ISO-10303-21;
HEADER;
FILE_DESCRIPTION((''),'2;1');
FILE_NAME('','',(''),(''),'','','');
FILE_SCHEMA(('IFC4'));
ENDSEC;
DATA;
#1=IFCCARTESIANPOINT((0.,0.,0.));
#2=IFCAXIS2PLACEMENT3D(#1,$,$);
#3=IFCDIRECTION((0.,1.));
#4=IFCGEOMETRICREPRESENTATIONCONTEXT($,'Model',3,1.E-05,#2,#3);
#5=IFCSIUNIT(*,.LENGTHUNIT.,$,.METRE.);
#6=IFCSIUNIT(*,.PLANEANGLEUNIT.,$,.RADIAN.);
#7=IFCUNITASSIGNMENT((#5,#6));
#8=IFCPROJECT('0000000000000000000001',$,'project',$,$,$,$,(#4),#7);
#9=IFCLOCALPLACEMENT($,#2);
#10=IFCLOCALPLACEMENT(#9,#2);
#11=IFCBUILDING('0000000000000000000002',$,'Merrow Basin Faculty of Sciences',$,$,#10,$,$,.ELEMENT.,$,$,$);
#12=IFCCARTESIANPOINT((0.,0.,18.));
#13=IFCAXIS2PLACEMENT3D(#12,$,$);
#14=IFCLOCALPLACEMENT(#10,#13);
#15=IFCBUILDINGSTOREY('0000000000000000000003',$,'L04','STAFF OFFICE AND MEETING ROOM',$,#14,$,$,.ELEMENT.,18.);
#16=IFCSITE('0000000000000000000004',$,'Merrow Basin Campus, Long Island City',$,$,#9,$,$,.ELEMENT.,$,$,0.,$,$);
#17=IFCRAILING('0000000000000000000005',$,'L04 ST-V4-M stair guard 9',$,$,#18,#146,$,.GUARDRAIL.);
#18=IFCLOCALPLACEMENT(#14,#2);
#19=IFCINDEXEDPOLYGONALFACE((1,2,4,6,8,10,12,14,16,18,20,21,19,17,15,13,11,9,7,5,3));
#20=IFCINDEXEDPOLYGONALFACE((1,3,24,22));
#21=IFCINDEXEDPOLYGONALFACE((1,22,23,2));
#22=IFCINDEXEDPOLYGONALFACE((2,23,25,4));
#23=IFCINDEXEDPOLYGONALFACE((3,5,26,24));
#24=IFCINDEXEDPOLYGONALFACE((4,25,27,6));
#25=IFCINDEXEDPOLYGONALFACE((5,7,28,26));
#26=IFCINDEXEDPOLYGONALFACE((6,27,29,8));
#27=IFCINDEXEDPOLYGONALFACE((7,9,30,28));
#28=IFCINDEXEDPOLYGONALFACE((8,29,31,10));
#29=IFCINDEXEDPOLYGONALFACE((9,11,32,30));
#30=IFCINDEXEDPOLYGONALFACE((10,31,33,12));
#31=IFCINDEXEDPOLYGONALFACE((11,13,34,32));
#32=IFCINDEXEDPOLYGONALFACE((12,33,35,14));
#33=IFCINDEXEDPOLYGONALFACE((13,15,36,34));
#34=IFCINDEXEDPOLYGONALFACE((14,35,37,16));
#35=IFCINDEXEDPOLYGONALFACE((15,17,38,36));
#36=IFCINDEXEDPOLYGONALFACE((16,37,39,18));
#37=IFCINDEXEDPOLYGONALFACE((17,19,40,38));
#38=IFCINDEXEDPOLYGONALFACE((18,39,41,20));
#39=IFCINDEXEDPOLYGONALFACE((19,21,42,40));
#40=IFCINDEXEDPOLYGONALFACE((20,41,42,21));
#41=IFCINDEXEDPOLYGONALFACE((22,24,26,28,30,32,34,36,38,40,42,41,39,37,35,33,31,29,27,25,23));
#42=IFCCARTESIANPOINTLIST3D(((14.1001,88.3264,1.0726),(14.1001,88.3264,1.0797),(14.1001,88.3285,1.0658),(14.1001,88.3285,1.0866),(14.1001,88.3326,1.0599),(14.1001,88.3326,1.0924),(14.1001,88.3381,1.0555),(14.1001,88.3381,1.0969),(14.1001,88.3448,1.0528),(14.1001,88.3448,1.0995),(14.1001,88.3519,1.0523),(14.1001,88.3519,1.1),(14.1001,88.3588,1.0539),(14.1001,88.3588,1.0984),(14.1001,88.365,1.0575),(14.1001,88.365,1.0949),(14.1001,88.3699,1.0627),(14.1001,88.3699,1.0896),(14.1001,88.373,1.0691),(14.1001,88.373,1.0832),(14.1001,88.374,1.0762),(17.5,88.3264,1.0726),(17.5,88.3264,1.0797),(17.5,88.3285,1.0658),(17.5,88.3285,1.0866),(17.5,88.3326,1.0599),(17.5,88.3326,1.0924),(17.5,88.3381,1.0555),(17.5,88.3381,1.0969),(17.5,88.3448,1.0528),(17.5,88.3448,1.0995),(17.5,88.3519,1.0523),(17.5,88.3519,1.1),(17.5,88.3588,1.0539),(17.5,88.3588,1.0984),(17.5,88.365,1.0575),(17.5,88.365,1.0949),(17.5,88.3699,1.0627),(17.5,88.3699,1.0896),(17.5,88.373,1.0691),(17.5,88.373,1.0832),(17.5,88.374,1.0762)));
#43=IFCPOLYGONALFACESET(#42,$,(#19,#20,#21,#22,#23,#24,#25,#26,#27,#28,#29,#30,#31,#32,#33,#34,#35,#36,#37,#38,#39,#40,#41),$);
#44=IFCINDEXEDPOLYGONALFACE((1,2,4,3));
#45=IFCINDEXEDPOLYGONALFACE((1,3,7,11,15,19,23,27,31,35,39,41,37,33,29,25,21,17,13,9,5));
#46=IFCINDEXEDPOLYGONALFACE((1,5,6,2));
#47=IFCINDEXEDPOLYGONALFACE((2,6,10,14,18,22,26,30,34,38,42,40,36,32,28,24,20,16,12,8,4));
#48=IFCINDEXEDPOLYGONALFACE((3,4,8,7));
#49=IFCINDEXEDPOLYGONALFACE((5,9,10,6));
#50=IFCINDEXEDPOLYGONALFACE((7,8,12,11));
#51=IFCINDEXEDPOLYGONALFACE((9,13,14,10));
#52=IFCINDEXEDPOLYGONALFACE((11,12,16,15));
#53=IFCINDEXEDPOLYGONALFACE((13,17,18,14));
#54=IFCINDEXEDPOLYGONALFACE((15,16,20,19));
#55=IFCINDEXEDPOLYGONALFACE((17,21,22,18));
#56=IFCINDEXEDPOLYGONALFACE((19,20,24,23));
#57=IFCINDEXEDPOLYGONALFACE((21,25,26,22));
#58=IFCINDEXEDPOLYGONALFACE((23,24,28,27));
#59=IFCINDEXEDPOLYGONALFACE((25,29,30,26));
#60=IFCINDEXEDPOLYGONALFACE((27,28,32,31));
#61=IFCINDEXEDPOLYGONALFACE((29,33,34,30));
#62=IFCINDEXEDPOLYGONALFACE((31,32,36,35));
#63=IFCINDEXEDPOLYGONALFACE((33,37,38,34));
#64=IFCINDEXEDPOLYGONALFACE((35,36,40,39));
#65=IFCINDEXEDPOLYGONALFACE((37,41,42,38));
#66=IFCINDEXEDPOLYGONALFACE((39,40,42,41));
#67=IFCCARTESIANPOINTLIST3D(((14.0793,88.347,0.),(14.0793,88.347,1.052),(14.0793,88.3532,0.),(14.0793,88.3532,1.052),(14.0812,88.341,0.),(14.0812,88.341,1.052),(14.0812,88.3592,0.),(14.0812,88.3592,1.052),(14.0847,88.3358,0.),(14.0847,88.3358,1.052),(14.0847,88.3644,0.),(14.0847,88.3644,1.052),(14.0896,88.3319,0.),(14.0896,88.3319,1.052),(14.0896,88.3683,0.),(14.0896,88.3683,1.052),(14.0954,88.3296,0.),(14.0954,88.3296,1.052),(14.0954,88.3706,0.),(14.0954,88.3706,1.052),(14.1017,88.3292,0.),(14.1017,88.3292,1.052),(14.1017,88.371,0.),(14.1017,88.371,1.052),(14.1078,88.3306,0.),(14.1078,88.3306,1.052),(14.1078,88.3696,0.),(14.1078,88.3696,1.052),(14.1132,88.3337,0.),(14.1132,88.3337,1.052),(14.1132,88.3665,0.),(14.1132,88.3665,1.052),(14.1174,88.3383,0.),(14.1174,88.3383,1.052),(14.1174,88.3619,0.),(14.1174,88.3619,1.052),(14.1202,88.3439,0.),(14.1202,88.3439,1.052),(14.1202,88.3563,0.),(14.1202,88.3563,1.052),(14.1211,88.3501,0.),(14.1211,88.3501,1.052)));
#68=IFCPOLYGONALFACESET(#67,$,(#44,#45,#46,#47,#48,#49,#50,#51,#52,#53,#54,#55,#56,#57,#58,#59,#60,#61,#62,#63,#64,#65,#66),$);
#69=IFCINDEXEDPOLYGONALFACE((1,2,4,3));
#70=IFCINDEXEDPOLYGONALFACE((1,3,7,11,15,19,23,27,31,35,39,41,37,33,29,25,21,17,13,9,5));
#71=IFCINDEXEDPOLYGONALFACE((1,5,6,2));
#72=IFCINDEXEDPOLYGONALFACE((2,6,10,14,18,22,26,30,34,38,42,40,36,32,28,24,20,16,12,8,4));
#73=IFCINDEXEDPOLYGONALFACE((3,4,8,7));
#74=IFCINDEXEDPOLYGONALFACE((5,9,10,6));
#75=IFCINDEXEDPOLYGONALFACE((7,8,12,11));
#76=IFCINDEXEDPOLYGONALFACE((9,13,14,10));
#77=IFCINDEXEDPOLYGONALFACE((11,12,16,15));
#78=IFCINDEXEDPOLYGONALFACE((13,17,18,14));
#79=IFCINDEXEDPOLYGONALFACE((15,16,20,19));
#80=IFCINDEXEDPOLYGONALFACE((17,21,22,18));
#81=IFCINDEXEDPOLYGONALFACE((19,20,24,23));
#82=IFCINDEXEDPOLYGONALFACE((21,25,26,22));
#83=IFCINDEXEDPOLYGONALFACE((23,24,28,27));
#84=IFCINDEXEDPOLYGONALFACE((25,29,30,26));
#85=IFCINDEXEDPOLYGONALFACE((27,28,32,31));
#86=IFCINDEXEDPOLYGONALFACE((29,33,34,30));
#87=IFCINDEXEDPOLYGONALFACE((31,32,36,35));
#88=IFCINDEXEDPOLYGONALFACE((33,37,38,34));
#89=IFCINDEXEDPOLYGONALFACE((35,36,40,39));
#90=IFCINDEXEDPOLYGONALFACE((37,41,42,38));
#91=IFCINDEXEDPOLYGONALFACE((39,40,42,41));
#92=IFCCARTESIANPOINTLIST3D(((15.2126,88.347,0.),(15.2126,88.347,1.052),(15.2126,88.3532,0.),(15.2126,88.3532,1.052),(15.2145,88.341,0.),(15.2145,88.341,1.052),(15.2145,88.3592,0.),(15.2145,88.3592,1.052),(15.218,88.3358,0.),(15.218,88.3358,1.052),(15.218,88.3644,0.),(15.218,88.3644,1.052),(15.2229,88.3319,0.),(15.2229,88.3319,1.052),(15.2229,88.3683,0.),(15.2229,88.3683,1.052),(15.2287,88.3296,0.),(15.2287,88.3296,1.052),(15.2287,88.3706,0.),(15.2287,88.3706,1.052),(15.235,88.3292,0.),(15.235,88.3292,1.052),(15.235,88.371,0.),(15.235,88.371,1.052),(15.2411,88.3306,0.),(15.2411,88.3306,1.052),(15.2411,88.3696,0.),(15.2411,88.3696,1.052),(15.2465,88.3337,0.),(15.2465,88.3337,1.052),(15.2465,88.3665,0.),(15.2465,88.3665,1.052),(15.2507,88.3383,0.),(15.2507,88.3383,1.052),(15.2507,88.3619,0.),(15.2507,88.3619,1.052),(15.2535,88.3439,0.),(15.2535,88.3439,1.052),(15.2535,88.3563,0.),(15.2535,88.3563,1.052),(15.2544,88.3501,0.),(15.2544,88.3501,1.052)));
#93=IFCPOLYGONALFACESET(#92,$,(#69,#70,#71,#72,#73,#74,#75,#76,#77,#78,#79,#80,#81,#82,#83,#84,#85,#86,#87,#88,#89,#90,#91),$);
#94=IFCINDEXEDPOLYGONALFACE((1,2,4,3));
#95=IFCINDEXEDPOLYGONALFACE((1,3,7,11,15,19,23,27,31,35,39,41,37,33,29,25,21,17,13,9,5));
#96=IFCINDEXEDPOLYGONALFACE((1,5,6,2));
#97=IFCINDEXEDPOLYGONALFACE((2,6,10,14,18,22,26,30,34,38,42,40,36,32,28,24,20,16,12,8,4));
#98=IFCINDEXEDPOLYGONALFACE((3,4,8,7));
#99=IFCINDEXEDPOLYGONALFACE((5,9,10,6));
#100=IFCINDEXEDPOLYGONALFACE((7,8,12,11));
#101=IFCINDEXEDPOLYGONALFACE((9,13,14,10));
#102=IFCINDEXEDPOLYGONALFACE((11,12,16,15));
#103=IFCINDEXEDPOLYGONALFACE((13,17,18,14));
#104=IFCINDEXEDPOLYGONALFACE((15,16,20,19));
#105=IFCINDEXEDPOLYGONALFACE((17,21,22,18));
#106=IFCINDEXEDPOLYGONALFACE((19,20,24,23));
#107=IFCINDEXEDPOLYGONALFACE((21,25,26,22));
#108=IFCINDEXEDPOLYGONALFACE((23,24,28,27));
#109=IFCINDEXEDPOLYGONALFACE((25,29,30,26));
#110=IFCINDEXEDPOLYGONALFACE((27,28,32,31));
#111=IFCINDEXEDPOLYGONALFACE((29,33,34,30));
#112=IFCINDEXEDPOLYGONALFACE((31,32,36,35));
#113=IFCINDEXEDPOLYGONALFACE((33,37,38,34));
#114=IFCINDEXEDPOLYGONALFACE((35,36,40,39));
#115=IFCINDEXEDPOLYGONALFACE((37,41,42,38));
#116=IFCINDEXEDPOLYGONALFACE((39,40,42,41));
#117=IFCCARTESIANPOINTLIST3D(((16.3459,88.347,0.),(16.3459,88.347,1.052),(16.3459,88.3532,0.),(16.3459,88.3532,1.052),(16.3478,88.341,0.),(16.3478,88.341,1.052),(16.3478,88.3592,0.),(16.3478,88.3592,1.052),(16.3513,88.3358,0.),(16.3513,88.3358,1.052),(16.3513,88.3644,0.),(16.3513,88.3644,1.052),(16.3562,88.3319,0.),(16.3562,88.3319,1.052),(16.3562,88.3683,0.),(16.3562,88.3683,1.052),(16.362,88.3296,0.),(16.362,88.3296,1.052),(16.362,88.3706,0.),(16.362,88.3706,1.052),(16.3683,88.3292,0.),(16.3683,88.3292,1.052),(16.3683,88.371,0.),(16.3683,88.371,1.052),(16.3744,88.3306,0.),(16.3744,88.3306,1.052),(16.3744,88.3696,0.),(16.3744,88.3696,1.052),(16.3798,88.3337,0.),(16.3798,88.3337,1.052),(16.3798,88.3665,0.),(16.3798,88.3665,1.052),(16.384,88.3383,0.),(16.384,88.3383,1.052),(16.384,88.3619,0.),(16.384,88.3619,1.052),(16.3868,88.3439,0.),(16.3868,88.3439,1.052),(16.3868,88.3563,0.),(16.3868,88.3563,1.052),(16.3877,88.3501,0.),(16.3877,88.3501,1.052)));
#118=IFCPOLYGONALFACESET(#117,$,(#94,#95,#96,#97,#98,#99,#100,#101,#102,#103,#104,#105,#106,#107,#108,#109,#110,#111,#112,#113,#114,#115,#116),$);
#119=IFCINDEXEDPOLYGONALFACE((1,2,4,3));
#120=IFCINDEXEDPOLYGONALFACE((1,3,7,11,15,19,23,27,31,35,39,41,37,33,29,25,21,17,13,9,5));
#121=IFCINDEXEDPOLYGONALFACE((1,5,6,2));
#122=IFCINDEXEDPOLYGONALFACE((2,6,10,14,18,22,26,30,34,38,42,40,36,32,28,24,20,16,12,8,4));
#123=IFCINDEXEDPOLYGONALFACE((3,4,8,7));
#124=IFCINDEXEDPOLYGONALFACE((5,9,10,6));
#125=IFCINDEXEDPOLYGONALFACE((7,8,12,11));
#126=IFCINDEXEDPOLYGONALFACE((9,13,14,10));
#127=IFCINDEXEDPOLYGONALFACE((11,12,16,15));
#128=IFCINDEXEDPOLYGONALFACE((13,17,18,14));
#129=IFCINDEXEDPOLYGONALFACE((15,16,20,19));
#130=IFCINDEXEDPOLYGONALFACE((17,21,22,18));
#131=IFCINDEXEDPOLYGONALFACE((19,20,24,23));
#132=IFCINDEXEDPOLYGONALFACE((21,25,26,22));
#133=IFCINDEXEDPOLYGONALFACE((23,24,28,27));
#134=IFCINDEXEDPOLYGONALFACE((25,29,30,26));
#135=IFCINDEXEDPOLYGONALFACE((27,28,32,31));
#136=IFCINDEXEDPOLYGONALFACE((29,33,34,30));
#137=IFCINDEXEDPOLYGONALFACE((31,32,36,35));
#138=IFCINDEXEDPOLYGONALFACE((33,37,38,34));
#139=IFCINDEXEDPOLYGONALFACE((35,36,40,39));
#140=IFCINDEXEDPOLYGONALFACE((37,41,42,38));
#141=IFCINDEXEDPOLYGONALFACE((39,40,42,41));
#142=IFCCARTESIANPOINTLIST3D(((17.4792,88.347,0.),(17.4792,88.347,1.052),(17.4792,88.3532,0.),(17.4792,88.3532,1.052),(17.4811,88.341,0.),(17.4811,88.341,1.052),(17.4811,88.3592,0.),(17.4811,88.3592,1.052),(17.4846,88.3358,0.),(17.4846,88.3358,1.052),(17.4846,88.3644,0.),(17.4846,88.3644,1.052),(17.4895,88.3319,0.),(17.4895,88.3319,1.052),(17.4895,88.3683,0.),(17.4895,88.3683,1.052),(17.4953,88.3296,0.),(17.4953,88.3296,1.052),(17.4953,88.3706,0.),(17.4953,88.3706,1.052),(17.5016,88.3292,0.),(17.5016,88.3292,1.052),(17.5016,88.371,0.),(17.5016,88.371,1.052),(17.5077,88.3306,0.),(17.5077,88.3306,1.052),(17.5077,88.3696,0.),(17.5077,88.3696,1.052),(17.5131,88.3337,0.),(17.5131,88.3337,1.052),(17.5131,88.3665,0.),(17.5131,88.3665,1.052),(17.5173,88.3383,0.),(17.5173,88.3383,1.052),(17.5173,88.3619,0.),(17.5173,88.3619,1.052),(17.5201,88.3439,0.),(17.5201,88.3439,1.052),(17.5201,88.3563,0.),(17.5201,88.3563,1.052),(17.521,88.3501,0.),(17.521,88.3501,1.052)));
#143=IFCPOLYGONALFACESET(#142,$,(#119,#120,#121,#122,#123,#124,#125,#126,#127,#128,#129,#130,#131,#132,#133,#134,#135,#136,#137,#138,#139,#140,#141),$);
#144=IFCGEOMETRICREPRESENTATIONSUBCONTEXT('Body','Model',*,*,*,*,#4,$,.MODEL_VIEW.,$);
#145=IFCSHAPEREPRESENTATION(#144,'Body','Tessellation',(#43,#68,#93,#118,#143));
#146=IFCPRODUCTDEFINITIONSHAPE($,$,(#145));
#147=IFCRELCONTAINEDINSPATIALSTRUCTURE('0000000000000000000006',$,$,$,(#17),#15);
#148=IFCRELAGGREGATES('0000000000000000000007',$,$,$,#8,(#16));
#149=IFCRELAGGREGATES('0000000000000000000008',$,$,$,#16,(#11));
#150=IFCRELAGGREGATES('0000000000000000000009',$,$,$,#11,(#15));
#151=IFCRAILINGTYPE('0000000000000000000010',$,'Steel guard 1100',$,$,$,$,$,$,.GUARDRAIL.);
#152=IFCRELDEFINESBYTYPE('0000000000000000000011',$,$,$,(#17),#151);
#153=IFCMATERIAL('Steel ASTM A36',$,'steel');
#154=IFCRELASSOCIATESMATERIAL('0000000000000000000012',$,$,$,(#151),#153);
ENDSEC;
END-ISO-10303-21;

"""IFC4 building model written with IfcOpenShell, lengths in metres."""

from ifc_helpers import new_model, si_unit, direction, frame, origin, origin_2d, place, context, subcontext, project, spatial, circle, extrude, material, type_object, element, save


model = new_model("IFC4")

# Units and contexts
model_context = context("Model", 3, precision=1e-05, world=origin(), true_north=direction((0.0, 1.0)))
body_context = subcontext(model_context, "Body", "Model", "MODEL_VIEW")
ifc_project = project(units=[si_unit("LENGTHUNIT", "METRE"), si_unit("PLANEANGLEUNIT", "RADIAN")], contexts=[model_context])

# Site, building, storey
site_placement = place(None, origin())
site = spatial("IfcSite", under=ifc_project, at=site_placement, Name="Merrow Basin Campus, Long Island City", CompositionType="ELEMENT", RefElevation=0.0)
building_placement = place(site_placement, origin())
building = spatial("IfcBuilding", under=site, at=building_placement, Name="Merrow Basin Faculty of Sciences", CompositionType="ELEMENT")
storey_placement = place(building_placement, frame((0.0, 0.0, 18.0)))
storey = spatial("IfcBuildingStorey", under=building, at=storey_placement, Name="L04", Description="STAFF OFFICE AND MEETING ROOM", CompositionType="ELEMENT", Elevation=18.0)

# Railing
ifc_material_1 = material(Name="Steel ASTM A36", Category="steel")
railing_type_1 = type_object("IfcRailingType", Name="Steel guard 1100", PredefinedType="GUARDRAIL", material=ifc_material_1)
railing_1_placement = place(storey_placement, frame((14.1001, 88.3501, 0.0)))
element("IfcRailing", 1, at=railing_1_placement, inside=storey, type_object=railing_type_1, Name="L04 ST-V4-M stair guard 9", PredefinedType="GUARDRAIL", context=body_context, shape_type="SweptSolid", body=[
    extrude(circle(Radius=0.0239, at=origin_2d()), frame((0.0, 0.0, 1.0762), z_axis=(1.0, 0.0, 0.0), x_axis=(0.0, 1.0, 0.0)), (0.0, 0.0, 1.0), 3.3999),
    extrude(circle(Radius=0.021, at=origin_2d()), origin(), (0.0, 0.0, 1.0), 1.052),
    extrude(circle(Radius=0.021, at=origin_2d()), frame((1.1333, 0.0, 0.0)), (0.0, 0.0, 1.0), 1.052),
    extrude(circle(Radius=0.021, at=origin_2d()), frame((2.2666, 0.0, 0.0)), (0.0, 0.0, 1.0), 1.052),
    extrude(circle(Radius=0.021, at=origin_2d()), frame((3.3999, 0.0, 0.0)), (0.0, 0.0, 1.0), 1.052),
])

save(model, "model.ifc")
